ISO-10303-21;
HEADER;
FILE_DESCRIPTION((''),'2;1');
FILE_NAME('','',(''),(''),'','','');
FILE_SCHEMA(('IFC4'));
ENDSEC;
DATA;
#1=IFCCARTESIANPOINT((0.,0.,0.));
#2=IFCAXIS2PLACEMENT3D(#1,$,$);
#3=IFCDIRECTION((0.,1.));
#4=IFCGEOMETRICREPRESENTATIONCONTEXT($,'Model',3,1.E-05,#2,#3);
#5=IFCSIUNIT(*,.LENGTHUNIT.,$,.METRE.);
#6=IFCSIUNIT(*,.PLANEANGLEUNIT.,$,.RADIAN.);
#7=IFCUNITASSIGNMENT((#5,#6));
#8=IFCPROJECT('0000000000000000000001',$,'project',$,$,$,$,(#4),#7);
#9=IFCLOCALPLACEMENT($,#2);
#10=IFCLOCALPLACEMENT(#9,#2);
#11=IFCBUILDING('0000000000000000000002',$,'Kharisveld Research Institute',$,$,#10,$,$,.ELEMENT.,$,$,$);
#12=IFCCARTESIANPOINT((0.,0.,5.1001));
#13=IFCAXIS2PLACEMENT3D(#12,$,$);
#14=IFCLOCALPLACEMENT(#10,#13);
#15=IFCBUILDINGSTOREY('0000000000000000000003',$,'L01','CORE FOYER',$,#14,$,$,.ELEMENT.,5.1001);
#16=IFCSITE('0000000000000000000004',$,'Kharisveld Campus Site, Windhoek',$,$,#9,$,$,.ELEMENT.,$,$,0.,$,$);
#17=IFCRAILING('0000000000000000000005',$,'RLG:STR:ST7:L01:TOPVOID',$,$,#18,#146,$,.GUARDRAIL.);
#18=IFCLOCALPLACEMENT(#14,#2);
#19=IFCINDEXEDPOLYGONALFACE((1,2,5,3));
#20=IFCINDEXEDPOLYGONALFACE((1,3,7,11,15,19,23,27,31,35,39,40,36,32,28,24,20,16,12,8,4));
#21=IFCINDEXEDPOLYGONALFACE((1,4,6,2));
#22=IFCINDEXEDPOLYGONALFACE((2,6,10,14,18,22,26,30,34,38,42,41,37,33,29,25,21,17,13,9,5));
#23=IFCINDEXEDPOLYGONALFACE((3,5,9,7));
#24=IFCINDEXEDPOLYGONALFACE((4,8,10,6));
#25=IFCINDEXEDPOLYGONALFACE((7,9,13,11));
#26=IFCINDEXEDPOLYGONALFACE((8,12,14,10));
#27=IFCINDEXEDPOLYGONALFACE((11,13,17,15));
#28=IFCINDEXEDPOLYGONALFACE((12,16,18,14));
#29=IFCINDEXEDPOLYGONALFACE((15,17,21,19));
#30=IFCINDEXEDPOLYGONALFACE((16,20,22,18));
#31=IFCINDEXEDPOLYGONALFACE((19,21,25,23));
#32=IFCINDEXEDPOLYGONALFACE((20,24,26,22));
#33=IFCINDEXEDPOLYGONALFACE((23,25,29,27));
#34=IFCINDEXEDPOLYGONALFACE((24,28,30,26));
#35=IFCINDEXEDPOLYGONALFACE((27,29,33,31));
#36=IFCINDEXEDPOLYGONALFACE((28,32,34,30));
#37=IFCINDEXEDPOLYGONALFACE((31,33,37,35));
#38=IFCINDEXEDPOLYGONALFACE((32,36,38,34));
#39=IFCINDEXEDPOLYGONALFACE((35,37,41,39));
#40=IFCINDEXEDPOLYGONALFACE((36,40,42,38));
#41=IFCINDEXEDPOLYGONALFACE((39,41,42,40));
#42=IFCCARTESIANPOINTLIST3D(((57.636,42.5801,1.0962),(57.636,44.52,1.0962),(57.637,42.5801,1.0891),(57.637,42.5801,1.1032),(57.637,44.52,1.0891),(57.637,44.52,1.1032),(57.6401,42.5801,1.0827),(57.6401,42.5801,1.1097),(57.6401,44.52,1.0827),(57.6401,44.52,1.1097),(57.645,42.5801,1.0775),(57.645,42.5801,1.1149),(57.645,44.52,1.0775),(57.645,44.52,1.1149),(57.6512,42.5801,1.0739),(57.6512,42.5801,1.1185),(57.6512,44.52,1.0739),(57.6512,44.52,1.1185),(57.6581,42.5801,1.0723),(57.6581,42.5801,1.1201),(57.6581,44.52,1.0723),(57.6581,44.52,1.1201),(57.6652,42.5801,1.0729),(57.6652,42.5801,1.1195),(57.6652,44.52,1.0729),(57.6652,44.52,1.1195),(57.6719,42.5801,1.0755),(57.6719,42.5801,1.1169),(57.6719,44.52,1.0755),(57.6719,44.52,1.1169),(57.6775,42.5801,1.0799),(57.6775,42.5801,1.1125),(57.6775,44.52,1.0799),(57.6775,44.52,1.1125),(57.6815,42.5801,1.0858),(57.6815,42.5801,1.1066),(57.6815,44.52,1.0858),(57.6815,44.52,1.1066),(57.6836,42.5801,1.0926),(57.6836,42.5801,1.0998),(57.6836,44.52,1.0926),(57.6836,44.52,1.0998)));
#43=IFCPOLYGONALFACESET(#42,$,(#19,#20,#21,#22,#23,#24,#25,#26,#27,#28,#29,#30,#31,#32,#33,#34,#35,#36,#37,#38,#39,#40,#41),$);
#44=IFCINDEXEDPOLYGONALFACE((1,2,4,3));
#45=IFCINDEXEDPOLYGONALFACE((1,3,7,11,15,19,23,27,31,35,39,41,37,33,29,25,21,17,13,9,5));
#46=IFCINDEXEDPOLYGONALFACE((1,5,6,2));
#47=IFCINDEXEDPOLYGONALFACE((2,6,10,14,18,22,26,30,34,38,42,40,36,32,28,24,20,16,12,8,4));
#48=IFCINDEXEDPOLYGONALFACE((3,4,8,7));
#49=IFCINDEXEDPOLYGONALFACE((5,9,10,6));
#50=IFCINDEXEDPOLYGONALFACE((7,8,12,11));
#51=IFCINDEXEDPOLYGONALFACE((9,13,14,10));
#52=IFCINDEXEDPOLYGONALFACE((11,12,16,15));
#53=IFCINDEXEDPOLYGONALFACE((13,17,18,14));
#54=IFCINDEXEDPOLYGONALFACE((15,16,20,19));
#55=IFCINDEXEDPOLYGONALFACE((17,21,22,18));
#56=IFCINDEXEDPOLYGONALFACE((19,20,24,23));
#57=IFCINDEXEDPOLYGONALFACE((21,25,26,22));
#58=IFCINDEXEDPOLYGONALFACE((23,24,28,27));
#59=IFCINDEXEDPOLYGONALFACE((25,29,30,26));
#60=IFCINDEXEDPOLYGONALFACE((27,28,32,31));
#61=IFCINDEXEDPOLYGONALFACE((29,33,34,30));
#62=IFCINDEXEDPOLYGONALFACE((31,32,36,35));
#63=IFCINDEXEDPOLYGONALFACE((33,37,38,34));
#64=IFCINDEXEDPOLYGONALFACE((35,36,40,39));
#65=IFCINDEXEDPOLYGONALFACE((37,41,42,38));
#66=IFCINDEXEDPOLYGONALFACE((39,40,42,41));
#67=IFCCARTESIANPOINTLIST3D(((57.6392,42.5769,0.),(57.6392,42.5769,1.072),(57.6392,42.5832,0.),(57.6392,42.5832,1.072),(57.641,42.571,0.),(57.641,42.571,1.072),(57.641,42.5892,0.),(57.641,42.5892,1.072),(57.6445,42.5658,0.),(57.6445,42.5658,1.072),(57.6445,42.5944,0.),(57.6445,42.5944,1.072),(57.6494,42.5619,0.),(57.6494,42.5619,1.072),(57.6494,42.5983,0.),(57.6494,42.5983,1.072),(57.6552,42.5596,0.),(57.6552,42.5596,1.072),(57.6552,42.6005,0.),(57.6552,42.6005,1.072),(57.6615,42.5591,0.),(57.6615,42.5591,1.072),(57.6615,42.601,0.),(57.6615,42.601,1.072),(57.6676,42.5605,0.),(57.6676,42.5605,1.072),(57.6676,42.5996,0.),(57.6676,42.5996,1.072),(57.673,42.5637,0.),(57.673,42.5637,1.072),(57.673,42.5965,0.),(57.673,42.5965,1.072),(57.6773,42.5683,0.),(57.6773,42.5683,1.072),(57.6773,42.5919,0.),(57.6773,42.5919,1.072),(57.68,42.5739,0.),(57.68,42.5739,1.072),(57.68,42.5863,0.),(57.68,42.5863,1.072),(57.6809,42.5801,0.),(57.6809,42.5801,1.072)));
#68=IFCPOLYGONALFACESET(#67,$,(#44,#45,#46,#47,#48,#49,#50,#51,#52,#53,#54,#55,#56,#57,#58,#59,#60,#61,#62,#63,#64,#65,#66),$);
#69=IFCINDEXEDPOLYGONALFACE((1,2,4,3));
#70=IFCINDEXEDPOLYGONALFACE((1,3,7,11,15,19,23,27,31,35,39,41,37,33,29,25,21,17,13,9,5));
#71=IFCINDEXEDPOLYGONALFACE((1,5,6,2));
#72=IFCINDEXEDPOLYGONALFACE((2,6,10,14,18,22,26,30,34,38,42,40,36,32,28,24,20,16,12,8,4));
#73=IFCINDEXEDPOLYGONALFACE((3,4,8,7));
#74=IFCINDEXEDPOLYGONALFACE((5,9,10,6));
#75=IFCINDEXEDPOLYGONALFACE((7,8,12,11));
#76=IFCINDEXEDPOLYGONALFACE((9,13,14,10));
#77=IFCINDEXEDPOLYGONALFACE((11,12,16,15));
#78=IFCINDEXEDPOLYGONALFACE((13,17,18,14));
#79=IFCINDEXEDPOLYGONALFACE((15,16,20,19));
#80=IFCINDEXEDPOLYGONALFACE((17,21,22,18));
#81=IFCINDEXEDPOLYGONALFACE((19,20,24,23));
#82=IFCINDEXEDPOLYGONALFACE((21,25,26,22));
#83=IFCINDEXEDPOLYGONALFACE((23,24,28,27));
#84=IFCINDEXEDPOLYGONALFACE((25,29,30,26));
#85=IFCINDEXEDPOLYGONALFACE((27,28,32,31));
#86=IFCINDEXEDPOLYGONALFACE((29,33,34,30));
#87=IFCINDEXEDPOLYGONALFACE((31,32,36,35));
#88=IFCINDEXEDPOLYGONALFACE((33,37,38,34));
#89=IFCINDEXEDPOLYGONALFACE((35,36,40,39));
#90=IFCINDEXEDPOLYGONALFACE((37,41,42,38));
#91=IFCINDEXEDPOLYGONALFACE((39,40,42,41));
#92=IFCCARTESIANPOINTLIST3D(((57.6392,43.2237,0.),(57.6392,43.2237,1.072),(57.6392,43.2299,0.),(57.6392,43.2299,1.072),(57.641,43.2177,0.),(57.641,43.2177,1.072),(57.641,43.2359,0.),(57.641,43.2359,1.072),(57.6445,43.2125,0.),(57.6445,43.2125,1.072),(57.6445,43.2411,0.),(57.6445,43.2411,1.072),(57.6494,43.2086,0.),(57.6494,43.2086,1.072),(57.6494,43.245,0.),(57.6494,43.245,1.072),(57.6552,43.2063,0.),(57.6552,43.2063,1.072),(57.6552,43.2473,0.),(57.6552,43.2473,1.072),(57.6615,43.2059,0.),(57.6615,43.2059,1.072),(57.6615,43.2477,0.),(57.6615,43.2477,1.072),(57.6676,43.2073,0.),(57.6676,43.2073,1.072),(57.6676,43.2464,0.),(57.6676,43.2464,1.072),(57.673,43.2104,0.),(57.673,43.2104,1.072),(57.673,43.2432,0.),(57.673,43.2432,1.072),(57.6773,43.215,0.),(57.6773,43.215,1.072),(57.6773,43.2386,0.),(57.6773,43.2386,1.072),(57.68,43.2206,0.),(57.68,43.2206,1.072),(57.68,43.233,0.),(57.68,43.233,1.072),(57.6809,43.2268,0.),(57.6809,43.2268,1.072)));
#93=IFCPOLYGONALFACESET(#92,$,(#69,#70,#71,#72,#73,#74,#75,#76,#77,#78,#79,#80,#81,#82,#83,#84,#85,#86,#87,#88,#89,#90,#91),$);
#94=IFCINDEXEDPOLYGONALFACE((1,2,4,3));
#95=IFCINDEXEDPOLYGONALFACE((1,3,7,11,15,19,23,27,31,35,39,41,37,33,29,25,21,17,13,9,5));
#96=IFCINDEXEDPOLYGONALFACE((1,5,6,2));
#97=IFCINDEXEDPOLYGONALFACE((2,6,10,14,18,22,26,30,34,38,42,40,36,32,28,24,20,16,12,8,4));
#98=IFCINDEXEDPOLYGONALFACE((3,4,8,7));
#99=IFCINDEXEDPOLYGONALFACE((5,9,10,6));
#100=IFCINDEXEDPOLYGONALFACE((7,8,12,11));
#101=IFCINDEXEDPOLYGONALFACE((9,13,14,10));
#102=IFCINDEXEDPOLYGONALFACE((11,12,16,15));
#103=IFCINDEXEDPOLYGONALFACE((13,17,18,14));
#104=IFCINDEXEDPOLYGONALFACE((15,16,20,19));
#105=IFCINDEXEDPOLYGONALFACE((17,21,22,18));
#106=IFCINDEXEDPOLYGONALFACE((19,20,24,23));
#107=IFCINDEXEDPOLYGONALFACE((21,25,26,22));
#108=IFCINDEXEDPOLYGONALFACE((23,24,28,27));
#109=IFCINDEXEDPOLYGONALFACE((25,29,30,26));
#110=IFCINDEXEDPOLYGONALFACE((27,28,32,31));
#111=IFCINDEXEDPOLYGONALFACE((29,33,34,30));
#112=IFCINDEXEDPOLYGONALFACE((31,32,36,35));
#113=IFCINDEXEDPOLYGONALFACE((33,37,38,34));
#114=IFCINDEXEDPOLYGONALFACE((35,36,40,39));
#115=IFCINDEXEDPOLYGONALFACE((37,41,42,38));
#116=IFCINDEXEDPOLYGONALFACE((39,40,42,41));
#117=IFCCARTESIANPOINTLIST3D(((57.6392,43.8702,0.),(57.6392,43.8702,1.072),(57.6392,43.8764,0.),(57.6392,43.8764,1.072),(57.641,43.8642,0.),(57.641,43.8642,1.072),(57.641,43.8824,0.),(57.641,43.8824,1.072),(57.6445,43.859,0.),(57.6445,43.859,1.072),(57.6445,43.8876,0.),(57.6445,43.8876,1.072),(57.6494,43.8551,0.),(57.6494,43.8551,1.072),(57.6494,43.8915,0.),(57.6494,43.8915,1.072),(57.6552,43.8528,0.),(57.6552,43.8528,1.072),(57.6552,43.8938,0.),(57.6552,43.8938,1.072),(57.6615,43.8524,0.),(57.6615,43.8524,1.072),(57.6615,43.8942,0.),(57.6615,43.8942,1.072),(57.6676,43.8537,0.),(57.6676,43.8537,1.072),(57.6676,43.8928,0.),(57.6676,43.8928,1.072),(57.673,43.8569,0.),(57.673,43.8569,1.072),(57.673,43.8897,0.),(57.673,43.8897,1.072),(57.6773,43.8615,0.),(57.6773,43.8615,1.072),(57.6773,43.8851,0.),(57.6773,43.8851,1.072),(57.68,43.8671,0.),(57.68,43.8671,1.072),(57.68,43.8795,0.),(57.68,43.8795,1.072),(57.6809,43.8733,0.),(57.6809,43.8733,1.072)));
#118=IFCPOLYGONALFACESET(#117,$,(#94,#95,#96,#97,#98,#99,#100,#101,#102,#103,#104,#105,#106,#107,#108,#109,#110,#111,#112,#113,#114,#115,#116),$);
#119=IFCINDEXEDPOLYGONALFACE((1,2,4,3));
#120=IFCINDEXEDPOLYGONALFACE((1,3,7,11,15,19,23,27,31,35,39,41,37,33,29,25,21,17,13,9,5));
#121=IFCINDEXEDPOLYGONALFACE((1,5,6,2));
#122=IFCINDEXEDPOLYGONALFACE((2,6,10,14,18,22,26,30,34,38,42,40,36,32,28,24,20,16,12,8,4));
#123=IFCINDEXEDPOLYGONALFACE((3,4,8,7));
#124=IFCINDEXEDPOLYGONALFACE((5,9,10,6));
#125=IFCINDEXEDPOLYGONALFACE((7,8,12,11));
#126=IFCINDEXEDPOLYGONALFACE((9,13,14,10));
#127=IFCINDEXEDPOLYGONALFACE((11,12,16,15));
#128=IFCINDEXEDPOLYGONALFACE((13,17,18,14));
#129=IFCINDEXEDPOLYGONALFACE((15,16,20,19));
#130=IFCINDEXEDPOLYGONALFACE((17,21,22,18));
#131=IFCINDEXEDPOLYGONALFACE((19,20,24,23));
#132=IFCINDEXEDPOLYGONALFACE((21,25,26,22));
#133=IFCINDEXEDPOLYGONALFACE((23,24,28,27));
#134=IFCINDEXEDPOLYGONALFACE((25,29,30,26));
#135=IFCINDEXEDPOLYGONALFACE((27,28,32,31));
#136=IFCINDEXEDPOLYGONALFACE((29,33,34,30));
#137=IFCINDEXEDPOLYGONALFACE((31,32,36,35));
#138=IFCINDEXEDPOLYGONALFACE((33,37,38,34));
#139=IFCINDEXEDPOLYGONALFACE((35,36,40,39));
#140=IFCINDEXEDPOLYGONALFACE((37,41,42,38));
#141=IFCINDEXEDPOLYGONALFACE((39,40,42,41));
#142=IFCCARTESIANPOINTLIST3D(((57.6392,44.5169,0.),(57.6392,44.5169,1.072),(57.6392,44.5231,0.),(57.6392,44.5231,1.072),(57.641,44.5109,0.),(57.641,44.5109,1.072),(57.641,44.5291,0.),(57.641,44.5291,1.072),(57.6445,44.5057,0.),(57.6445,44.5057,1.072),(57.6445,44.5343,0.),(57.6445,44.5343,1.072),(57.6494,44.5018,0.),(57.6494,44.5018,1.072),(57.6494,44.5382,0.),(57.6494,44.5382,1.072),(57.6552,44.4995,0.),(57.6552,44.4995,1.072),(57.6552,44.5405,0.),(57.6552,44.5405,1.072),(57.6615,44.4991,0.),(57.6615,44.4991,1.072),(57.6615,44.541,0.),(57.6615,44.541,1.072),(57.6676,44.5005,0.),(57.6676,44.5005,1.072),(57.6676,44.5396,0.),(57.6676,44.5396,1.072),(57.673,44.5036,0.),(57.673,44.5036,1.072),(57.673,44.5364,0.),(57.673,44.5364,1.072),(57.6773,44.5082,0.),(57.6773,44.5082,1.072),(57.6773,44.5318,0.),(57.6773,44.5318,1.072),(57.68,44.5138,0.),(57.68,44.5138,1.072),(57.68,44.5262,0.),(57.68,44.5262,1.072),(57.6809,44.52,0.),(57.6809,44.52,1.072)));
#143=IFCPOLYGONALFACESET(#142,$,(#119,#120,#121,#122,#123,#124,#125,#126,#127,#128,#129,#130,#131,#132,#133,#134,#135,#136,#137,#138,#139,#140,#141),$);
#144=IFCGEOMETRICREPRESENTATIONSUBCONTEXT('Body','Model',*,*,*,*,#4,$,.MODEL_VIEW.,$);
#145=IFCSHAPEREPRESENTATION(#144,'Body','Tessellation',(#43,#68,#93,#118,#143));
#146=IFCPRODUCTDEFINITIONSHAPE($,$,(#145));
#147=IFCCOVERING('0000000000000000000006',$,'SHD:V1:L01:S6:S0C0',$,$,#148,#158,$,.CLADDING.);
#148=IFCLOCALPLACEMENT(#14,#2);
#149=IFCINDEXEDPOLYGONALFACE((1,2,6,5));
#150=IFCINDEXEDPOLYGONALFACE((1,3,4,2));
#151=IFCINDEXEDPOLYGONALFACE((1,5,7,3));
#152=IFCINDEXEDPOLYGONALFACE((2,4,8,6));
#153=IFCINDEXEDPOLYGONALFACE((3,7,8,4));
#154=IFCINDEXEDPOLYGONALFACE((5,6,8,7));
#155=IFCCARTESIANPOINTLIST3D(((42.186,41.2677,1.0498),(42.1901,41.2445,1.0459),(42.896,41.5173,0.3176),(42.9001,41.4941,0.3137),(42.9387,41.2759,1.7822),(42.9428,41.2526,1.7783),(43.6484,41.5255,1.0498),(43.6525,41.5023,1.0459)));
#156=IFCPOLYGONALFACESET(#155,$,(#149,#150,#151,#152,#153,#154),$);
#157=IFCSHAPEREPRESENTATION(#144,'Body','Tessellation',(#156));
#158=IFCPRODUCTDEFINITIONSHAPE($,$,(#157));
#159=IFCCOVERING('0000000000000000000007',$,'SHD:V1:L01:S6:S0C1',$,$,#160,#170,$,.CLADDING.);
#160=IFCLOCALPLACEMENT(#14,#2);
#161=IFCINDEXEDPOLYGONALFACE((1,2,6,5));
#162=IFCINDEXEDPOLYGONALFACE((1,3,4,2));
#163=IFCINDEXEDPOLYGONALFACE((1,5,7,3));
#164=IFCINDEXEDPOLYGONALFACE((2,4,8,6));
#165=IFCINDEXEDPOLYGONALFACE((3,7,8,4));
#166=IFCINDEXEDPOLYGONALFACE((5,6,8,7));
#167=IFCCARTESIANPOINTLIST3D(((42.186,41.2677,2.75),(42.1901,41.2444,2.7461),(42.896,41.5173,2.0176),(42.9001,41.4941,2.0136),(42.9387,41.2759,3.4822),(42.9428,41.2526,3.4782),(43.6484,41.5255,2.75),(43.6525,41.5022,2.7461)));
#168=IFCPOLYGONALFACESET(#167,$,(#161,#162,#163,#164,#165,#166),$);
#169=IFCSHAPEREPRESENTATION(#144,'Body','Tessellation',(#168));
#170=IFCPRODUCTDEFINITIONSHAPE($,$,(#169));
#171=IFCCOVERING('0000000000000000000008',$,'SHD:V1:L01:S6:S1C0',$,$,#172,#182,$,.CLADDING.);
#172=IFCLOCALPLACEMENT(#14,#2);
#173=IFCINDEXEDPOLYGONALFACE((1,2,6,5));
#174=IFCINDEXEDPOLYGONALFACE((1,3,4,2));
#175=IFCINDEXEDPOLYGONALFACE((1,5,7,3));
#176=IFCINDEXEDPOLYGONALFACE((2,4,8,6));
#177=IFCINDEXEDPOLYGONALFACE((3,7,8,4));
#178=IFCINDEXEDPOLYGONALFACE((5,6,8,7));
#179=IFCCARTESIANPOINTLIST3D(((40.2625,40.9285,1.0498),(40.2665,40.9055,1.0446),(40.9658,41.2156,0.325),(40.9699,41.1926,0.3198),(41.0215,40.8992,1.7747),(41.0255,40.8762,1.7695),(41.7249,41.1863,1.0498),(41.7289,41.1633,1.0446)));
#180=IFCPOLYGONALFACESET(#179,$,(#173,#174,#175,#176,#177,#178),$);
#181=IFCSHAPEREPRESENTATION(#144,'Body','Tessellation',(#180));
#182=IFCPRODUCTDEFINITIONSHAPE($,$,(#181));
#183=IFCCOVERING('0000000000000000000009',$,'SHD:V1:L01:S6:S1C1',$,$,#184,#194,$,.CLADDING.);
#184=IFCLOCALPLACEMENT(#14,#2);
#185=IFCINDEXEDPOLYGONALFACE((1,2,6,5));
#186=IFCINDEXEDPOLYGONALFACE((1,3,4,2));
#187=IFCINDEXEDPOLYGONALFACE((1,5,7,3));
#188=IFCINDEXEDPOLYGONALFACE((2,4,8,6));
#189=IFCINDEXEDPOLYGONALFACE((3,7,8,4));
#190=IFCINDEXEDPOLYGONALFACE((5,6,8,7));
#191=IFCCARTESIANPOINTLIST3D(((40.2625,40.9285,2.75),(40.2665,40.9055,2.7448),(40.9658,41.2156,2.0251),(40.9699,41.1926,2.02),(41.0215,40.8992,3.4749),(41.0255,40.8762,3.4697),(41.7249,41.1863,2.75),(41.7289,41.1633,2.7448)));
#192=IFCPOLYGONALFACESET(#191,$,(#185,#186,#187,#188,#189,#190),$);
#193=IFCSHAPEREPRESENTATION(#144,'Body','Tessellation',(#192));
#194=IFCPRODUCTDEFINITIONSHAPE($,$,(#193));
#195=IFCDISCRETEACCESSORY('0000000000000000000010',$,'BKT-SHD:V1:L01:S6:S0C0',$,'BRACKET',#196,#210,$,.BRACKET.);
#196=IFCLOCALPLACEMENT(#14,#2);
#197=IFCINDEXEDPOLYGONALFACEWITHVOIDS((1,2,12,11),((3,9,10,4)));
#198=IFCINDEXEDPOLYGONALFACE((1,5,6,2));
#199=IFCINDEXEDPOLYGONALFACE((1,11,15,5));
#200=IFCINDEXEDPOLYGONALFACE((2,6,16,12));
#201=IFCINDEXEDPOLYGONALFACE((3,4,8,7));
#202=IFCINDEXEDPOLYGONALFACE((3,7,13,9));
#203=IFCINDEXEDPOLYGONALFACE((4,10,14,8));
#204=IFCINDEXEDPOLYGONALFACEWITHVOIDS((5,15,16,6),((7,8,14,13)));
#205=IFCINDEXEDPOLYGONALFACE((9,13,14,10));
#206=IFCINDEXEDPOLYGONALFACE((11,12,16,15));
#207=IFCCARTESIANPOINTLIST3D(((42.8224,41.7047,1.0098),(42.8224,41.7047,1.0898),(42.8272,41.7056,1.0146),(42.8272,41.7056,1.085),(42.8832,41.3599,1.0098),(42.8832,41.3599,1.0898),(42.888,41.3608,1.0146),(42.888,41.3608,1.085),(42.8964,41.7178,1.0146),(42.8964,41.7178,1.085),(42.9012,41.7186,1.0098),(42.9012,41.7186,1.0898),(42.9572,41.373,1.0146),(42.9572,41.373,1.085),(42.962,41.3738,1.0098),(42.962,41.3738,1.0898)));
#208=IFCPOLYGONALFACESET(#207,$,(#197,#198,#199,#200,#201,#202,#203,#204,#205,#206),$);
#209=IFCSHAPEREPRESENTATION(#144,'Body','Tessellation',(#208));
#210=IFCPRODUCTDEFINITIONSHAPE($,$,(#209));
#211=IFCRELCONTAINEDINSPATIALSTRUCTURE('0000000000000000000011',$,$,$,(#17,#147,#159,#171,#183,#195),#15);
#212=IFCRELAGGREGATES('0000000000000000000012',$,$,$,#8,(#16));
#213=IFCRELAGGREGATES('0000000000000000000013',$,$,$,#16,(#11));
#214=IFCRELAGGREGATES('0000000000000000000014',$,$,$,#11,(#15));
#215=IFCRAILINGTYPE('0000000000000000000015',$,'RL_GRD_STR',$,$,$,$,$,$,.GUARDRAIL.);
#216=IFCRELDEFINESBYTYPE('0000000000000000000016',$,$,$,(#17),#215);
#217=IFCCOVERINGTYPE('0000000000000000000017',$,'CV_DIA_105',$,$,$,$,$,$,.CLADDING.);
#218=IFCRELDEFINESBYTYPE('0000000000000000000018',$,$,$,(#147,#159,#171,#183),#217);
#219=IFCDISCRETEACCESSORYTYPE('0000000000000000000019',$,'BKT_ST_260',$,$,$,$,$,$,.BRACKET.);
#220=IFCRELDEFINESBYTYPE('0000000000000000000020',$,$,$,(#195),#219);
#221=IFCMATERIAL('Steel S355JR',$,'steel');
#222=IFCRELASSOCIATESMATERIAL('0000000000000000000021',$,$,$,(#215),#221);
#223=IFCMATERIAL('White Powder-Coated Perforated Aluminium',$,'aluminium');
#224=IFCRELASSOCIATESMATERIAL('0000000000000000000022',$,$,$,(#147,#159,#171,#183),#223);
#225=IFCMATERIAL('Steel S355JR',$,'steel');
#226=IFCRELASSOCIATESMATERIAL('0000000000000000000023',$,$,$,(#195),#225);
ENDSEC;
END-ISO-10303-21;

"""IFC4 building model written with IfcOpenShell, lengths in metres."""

from ifc_helpers import new_model, si_unit, direction, frame, origin, origin_2d, place, context, subcontext, project, spatial, polyline, hollow_rectangle, circle, outline, extrude, material, type_object, element, save


model = new_model("IFC4")

# Units and contexts
model_context = context("Model", 3, precision=1e-05, world=origin(), true_north=direction((0.0, 1.0)))
body_context = subcontext(model_context, "Body", "Model", "MODEL_VIEW")
ifc_project = project(units=[si_unit("LENGTHUNIT", "METRE"), si_unit("PLANEANGLEUNIT", "RADIAN")], contexts=[model_context])

# Site, building, storey
site_placement = place(None, origin())
site = spatial("IfcSite", under=ifc_project, at=site_placement, Name="Kharisveld Campus Site, Windhoek", CompositionType="ELEMENT", RefElevation=0.0)
building_placement = place(site_placement, origin())
building = spatial("IfcBuilding", under=site, at=building_placement, Name="Kharisveld Research Institute", CompositionType="ELEMENT")
storey_placement = place(building_placement, frame((0.0, 0.0, 5.1001)))
storey = spatial("IfcBuildingStorey", under=building, at=storey_placement, Name="L01", Description="CORE FOYER", CompositionType="ELEMENT", Elevation=5.1001)

# Railing
ifc_material_1 = material(Name="Steel S355JR", Category="steel")
railing_type = type_object("IfcRailingType", Name="RL_GRD_STR", PredefinedType="GUARDRAIL", material=ifc_material_1)
railing_placement = place(storey_placement, frame((57.6599, 42.5801, 0.0)))
element("IfcRailing", 1, at=railing_placement, inside=storey, type_object=railing_type, Name="RLG:STR:ST7:L01:TOPVOID", PredefinedType="GUARDRAIL", context=body_context, shape_type="SweptSolid", body=[
    extrude(circle(Radius=0.0239, at=origin_2d()), frame((0.0, 0.0, 1.0962), z_axis=(0.0, 1.0, 0.0), x_axis=(-1.0, 0.0, 0.0)), (0.0, 0.0, 1.0), 1.9399),
    extrude(circle(Radius=0.021, at=origin_2d()), origin(), (0.0, 0.0, 1.0), 1.072),
    extrude(circle(Radius=0.021, at=origin_2d()), frame((0.0, 0.6467, 0.0)), (0.0, 0.0, 1.0), 1.072),
    extrude(circle(Radius=0.021, at=origin_2d()), frame((0.0, 1.2932, 0.0)), (0.0, 0.0, 1.0), 1.072),
    extrude(circle(Radius=0.021, at=origin_2d()), frame((0.0, 1.9399, 0.0)), (0.0, 0.0, 1.0), 1.072),
])

# Coverings
ifc_material_2 = material(Name="White Powder-Coated Perforated Aluminium", Category="aluminium")
covering_type = type_object("IfcCoveringType", Name="CV_DIA_105", PredefinedType="CLADDING")
covering_1_placement = place(storey_placement, frame((42.896, 41.5173, 0.3176), z_axis=(-0.171233, 0.971295, 0.165124), x_axis=(-0.67617, -0.237753, 0.697329)))
element("IfcCovering", 2, at=covering_1_placement, inside=storey, type_object=covering_type, material=ifc_material_2, Name="SHD:V1:L01:S6:S0C0", PredefinedType="CLADDING", context=body_context, shape_type="SweptSolid", body=[
    extrude(outline(polyline([(0.0, 0.0), (1.05, 0.0), (1.0498, 1.0503), (-0.0001, 1.0499), (0.0, 0.0)])), origin(), (0.0, 0.0, -1.0), 0.0239),
])
covering_2_placement = place(storey_placement, frame((42.896, 41.5173, 2.0176), z_axis=(-0.171233, 0.971295, 0.165124), x_axis=(-0.676054, -0.237752, 0.697442)))
element("IfcCovering", 3, at=covering_2_placement, inside=storey, type_object=covering_type, material=ifc_material_2, Name="SHD:V1:L01:S6:S0C1", PredefinedType="CLADDING", context=body_context, shape_type="SweptSolid", body=[
    extrude(outline(polyline([(0.0, 0.0), (1.0502, 0.0), (1.05, 1.0501), (0.0002, 1.0501), (0.0, 0.0)])), origin(), (0.0, 0.0, -1.0), 0.0239),
])
for number, where, z_axis, x_axis, name in (
    (4, (40.9658, 41.2156, 0.325), (-0.169504, 0.961487, 0.216358), (-0.669853, -0.273429, 0.690314), "SHD:V1:L01:S6:S1C0"),
    (5, (40.9658, 41.2156, 2.0251), (-0.169504, 0.961487, 0.216358), (-0.669853, -0.273429, 0.690314), "SHD:V1:L01:S6:S1C1"),
):
    element("IfcCovering", number, at=place(storey_placement, frame(where, z_axis=z_axis, x_axis=x_axis)), inside=storey, type_object=covering_type, material=ifc_material_2, Name=name, PredefinedType="CLADDING", context=body_context, shape_type="SweptSolid", body=[
        extrude(outline(polyline([(0.0, 0.0), (1.05, 0.0), (1.05, 1.05), (-0.0001, 1.05), (0.0, 0.0)])), origin(), (0.0, 0.0, -1.0), 0.0239),
    ])

# Discrete accessory
ifc_material_3 = material(Name="Steel S355JR", Category="steel")
discrete_accessory_type = type_object("IfcDiscreteAccessoryType", Name="BKT_ST_260", PredefinedType="BRACKET")
for number, where, z_axis, x_axis, name in (
    (6, (42.8618, 41.7117, 1.0498), (0.173666, -0.984805, 0.0), (0.984805, 0.173666, 0.0), "BKT-SHD:V1:L01:S6:S0C0"),
):
    element("IfcDiscreteAccessory", number, at=place(storey_placement, frame(where, z_axis=z_axis, x_axis=x_axis)), inside=storey, type_object=discrete_accessory_type, material=ifc_material_3, Name=name, ObjectType="BRACKET", PredefinedType="BRACKET", context=body_context, shape_type="SweptSolid", body=[
        extrude(hollow_rectangle(XDim=0.0801, YDim=0.0801, WallThickness=0.0049, at=origin_2d()), origin(), (0.0, 0.0, 1.0), 0.3501),
    ])

save(model, "model.ifc")
